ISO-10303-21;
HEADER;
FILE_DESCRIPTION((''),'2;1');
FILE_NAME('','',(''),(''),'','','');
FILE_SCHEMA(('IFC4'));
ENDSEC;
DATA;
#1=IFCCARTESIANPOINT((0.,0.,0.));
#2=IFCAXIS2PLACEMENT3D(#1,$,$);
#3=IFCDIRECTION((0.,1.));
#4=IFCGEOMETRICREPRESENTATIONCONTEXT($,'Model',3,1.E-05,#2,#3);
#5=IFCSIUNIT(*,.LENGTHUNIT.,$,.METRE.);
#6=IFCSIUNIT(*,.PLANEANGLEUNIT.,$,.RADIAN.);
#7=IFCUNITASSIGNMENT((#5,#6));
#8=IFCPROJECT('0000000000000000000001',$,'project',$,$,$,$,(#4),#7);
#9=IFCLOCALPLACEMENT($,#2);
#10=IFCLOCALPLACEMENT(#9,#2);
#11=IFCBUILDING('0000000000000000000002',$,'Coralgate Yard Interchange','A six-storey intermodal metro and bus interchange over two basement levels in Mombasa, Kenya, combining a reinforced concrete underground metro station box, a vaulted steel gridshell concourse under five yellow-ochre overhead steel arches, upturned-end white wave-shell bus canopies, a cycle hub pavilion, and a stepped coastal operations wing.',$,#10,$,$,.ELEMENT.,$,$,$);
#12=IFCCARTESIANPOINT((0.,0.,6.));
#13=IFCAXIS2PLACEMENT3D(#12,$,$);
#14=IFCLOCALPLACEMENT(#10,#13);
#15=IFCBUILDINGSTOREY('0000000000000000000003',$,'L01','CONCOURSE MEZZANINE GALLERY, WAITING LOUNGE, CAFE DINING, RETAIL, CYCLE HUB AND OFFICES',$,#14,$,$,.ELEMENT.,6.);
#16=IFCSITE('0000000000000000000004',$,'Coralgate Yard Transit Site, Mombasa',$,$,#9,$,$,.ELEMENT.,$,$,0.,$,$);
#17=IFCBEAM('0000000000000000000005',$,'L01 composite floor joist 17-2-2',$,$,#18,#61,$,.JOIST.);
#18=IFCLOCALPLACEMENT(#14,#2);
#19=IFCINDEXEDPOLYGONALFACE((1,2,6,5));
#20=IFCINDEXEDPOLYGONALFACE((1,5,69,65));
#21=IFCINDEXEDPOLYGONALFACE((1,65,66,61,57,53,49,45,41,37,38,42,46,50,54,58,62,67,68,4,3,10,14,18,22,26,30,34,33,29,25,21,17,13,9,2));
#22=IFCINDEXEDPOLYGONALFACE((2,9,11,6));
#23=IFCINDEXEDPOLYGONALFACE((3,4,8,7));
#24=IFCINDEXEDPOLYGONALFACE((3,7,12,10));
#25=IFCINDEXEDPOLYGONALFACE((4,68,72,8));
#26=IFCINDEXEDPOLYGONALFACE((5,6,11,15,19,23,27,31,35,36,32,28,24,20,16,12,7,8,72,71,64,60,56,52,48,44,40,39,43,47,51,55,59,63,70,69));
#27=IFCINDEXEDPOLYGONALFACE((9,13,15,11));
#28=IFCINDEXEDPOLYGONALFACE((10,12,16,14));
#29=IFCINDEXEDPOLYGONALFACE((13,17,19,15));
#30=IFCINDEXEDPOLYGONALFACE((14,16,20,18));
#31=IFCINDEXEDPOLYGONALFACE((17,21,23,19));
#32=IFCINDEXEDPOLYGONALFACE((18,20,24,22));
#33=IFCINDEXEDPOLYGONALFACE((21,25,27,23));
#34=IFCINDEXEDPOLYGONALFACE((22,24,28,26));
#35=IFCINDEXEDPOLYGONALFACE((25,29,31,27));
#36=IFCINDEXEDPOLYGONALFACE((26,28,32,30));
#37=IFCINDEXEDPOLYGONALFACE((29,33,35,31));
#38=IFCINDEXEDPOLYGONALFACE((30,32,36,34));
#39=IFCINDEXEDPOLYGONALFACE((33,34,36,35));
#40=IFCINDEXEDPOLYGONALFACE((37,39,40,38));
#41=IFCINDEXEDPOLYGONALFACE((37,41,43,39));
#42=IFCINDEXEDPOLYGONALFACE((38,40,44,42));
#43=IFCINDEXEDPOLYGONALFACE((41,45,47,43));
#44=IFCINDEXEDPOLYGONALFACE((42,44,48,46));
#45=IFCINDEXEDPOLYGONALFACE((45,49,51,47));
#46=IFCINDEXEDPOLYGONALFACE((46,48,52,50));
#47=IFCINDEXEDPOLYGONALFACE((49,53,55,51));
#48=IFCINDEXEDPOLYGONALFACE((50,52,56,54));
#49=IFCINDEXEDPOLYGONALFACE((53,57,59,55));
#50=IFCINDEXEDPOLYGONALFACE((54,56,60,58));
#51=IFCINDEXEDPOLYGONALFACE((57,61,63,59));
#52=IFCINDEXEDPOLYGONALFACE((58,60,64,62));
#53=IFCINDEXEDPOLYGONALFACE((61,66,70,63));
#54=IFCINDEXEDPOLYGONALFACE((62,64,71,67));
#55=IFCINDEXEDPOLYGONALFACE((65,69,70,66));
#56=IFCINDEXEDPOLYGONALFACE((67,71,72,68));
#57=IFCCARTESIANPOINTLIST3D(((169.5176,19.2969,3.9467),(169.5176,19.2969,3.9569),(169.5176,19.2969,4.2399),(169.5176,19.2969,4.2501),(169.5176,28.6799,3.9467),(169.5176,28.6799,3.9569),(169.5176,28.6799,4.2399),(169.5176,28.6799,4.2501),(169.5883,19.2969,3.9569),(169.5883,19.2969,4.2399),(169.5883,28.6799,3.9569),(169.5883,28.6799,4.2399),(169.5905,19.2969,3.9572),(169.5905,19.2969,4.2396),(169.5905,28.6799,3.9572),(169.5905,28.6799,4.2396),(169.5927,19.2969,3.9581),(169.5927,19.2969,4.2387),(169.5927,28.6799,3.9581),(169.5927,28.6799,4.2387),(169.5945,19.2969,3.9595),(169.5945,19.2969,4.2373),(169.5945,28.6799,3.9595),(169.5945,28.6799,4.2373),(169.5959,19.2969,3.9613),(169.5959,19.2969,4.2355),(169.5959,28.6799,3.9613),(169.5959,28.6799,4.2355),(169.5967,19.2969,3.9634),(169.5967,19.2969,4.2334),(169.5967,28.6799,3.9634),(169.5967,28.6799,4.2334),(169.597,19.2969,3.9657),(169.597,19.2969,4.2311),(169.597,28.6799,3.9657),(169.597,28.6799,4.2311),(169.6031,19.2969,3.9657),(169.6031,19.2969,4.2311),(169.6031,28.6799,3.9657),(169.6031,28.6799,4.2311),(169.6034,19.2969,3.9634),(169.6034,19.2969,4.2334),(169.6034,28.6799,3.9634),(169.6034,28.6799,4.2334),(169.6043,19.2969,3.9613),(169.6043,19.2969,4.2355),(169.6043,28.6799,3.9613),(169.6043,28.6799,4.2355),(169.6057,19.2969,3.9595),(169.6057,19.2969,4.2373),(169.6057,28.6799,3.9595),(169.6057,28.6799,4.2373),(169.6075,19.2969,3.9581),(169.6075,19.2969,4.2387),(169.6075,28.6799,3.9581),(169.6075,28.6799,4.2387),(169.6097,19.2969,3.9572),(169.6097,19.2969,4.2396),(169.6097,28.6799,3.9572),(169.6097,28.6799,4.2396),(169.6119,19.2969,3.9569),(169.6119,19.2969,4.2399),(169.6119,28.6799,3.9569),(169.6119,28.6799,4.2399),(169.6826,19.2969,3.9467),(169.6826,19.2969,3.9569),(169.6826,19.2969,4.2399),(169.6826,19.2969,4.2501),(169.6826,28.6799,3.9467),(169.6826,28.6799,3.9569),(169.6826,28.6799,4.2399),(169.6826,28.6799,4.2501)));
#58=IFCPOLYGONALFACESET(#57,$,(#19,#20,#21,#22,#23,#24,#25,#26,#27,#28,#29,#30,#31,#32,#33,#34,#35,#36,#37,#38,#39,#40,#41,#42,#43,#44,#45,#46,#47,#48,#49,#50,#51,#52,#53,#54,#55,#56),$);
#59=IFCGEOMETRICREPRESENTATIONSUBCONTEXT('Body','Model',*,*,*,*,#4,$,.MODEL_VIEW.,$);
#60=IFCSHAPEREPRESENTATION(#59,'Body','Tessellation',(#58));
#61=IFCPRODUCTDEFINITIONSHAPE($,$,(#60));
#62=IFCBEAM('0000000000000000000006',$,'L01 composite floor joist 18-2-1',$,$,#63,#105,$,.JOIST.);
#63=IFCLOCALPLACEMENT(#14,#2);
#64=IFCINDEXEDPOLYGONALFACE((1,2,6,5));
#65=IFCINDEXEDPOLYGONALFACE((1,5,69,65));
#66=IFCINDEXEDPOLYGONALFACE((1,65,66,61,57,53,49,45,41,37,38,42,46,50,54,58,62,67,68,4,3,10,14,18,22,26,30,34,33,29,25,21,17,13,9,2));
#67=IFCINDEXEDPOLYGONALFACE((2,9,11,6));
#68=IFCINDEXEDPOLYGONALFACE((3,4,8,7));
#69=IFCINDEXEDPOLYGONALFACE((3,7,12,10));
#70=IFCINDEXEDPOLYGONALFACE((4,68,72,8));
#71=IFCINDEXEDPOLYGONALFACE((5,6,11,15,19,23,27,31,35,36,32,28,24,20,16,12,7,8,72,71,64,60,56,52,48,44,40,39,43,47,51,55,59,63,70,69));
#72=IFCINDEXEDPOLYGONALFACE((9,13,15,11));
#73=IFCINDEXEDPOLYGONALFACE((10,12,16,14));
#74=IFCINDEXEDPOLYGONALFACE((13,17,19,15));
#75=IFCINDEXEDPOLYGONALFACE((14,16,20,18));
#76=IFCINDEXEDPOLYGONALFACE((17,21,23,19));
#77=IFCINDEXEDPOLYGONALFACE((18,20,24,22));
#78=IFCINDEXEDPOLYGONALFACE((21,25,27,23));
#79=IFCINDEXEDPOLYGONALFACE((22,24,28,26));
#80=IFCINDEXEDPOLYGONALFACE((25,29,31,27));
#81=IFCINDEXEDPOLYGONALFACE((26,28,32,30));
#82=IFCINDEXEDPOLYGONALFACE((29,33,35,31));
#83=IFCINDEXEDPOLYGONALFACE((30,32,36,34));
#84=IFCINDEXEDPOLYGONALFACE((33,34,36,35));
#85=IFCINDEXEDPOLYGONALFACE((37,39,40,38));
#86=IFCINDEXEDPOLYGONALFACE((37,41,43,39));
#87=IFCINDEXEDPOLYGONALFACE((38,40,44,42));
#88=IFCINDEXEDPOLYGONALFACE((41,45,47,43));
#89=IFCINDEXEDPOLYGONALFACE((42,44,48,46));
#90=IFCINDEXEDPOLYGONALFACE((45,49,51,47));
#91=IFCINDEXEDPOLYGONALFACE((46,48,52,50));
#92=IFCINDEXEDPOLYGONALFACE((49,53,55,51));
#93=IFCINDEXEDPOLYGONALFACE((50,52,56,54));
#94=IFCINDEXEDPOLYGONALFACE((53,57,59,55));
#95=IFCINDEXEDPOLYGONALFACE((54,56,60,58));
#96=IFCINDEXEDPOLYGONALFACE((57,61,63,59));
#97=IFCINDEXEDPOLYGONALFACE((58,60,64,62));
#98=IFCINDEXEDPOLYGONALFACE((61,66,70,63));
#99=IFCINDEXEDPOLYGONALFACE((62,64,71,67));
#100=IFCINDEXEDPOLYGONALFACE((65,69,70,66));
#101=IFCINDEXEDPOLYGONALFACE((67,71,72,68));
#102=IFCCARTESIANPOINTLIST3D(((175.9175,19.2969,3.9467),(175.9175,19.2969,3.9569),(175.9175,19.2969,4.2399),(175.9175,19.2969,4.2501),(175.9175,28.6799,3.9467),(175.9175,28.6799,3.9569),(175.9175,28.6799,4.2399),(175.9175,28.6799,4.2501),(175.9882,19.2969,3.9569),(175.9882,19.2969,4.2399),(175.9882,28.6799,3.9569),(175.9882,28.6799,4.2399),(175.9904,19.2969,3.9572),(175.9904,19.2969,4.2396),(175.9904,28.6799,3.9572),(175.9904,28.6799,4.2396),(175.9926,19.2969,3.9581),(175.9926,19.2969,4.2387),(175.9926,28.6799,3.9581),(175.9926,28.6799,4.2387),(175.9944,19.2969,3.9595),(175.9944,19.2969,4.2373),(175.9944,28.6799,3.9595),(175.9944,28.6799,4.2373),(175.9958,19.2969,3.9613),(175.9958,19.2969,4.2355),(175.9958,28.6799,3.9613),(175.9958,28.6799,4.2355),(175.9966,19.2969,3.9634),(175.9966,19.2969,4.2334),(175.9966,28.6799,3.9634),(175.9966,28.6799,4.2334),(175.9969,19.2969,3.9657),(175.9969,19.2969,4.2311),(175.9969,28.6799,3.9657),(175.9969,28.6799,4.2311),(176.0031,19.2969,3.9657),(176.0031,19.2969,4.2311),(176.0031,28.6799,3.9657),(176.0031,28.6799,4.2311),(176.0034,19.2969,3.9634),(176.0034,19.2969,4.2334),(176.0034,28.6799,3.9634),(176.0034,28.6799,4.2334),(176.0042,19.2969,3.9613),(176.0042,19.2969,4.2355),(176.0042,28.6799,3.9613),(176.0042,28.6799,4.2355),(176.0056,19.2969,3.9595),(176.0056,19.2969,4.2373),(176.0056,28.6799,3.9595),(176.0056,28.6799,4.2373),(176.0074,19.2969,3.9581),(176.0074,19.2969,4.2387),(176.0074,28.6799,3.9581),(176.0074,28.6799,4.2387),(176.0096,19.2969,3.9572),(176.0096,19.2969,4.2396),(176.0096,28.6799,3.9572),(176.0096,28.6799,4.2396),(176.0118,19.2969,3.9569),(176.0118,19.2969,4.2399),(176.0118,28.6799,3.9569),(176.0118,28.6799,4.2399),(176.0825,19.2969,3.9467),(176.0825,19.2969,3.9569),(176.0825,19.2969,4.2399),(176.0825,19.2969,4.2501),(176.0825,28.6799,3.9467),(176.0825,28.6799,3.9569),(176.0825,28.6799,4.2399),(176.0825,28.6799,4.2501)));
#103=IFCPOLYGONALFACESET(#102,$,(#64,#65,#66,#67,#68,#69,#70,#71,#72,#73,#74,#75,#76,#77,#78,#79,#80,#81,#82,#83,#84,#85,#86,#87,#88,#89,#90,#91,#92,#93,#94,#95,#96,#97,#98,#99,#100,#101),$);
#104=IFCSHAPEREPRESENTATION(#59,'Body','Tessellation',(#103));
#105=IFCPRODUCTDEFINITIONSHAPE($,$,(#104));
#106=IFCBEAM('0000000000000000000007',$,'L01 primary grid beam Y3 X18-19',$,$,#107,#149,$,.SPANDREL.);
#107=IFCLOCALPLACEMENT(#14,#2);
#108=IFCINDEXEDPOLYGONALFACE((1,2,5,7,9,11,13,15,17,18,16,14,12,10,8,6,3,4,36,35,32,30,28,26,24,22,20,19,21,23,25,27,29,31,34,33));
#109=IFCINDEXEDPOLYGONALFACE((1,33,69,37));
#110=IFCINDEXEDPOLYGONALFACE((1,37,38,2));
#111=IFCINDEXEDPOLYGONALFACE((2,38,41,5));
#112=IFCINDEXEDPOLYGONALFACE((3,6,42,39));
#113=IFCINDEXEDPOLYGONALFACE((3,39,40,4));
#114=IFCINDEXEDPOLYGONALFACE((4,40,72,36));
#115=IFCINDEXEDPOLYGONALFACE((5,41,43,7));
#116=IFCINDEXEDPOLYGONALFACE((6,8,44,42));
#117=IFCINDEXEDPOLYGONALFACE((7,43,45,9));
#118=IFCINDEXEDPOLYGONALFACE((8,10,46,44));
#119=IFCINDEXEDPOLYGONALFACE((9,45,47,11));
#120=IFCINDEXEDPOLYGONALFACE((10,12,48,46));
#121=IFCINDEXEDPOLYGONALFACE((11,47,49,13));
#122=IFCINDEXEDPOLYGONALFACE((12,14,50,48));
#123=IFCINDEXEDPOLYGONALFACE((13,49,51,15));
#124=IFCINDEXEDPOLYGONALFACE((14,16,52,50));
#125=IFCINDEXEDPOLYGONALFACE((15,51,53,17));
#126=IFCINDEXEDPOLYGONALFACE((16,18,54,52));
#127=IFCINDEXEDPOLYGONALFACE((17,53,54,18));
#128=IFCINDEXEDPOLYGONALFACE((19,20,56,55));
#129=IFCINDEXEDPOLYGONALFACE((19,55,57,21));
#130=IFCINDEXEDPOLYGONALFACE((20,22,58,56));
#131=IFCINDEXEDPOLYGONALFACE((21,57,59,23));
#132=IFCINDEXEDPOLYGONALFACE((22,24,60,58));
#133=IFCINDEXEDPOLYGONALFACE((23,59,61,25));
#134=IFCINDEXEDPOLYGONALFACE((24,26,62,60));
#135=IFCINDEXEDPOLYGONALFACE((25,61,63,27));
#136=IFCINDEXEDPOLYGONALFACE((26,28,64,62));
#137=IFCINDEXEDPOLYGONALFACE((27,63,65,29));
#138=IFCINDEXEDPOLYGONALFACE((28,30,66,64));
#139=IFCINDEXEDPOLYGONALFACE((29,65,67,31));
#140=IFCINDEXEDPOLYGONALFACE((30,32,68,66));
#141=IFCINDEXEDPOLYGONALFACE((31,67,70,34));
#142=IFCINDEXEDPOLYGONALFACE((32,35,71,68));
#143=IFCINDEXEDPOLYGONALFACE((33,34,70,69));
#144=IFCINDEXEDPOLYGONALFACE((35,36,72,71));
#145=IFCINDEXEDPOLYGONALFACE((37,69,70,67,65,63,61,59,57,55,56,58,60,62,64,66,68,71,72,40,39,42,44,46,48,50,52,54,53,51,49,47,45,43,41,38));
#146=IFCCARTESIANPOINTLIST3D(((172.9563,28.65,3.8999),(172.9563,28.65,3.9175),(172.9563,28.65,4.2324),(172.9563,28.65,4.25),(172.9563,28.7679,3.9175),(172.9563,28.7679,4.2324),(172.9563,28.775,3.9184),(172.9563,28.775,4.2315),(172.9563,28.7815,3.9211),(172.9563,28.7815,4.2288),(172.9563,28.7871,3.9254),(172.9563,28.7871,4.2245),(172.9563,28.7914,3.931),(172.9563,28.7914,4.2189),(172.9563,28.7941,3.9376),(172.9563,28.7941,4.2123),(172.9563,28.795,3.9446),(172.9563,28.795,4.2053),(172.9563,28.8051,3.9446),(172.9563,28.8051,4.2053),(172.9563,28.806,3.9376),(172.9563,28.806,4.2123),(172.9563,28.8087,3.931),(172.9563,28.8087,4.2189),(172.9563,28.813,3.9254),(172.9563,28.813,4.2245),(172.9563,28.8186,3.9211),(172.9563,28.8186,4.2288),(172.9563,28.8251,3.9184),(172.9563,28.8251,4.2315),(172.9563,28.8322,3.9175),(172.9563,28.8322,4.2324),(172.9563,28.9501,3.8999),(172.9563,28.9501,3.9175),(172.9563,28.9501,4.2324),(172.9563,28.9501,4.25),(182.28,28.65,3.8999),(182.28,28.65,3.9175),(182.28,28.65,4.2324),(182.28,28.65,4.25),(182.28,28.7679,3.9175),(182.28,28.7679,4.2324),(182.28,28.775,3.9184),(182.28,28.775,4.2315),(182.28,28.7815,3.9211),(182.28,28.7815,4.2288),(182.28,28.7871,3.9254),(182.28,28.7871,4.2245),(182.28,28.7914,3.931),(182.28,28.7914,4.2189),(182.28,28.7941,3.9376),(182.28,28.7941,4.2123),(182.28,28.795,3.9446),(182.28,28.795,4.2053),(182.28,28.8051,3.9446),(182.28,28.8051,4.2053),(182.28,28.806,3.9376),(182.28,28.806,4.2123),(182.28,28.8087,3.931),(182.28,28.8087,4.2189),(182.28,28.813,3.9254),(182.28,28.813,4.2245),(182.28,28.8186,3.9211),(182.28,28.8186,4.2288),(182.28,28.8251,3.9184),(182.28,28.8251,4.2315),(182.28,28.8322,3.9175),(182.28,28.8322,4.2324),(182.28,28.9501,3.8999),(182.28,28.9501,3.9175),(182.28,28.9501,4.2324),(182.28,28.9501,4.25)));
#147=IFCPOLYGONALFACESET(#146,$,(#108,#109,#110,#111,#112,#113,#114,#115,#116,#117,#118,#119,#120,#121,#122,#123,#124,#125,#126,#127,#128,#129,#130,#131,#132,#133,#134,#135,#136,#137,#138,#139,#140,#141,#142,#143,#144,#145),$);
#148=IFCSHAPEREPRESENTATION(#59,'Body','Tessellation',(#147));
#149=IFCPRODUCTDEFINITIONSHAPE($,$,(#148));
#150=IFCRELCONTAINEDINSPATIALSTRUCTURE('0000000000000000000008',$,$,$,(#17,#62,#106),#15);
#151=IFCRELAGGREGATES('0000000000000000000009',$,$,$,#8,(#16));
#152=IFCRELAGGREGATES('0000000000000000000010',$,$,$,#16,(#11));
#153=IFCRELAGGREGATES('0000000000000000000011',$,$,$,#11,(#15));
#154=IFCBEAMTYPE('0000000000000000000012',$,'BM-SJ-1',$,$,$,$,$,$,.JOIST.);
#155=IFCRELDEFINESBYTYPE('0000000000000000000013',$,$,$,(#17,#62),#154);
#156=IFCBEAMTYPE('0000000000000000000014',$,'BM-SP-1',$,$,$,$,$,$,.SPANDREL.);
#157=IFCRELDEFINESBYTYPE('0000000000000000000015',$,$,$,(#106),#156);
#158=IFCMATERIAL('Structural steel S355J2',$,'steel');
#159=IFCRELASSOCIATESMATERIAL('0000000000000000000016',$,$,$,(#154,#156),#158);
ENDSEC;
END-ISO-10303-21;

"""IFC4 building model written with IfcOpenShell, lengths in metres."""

from ifc_helpers import new_model, si_unit, direction, frame, origin, origin_2d, place, context, subcontext, project, spatial, i_section, extrude, material, material_profile, profile_set, type_object, element, save


model = new_model("IFC4")

# Units and contexts
model_context = context("Model", 3, precision=1e-05, world=origin(), true_north=direction((0.0, 1.0)))
body_context = subcontext(model_context, "Body", "Model", "MODEL_VIEW")
ifc_project = project(units=[si_unit("LENGTHUNIT", "METRE"), si_unit("PLANEANGLEUNIT", "RADIAN")], contexts=[model_context])

# Site, building, storey
site_placement = place(None, origin())
site = spatial("IfcSite", under=ifc_project, at=site_placement, Name="Coralgate Yard Transit Site, Mombasa", CompositionType="ELEMENT", RefElevation=0.0)
building_placement = place(site_placement, origin())
building = spatial("IfcBuilding", under=site, at=building_placement, Name="Coralgate Yard Interchange", Description="A six-storey intermodal metro and bus interchange over two basement levels in Mombasa, Kenya, combining a reinforced concrete underground metro station box, a vaulted steel gridshell concourse under five yellow-ochre overhead steel arches, upturned-end white wave-shell bus canopies, a cycle hub pavilion, and a stepped coastal operations wing.", CompositionType="ELEMENT")
storey_placement = place(building_placement, frame((0.0, 0.0, 6.0)))
storey = spatial("IfcBuildingStorey", under=building, at=storey_placement, Name="L01", Description="CONCOURSE MEZZANINE GALLERY, WAITING LOUNGE, CAFE DINING, RETAIL, CYCLE HUB AND OFFICES", CompositionType="ELEMENT", Elevation=6.0)

# Shared definitions
ifc_material_1 = material(Name="Structural steel S355J2", Category="steel")

# Beams
ifc_material_profile_1 = material_profile(ifc_material_1, i_section(OverallWidth=0.165, OverallDepth=0.3035, WebThickness=0.0061, FlangeThickness=0.0103, FilletRadius=0.0088, at=origin_2d()), Name="UB 305x165x40")
ifc_profile_set_1 = profile_set([ifc_material_profile_1], Name="Structural steel S355J2")
beam_type_1 = type_object("IfcBeamType", Name="BM-SJ-1", PredefinedType="JOIST", material=ifc_profile_set_1)
for number, where, z_axis, x_axis, name in (
    (1, (169.6001, 19.2969, 4.0984), (0.0, 1.0, 0.0), (-1.0, 0.0, 0.0), "L01 composite floor joist 17-2-2"),
    (2, (176.0, 19.2969, 4.0984), (0.0, 1.0, 0.0), (-1.0, 0.0, 0.0), "L01 composite floor joist 18-2-1"),
):
    element("IfcBeam", number, at=place(storey_placement, frame(where, z_axis=z_axis, x_axis=x_axis)), inside=storey, type_object=beam_type_1, Name=name, PredefinedType="JOIST", context=body_context, shape_type="SweptSolid", body=[
        extrude(i_section(OverallWidth=0.165, OverallDepth=0.3035, WebThickness=0.0061, FlangeThickness=0.0103, FilletRadius=0.0088, at=origin_2d()), origin(), (0.0, 0.0, 1.0), 9.3831),
    ])
ifc_material_profile_2 = material_profile(ifc_material_1, i_section(OverallWidth=0.3, OverallDepth=0.3501, WebThickness=0.01, FlangeThickness=0.0176, FilletRadius=0.0271, at=origin_2d()), Name="HEA 360")
ifc_profile_set_2 = profile_set([ifc_material_profile_2], Name="Structural steel S355J2")
beam_type_2 = type_object("IfcBeamType", Name="BM-SP-1", PredefinedType="SPANDREL", material=ifc_profile_set_2)
beam_1_placement = place(storey_placement, frame((172.9563, 28.8, 4.075), z_axis=(1.0, 0.0, 0.0), x_axis=(0.0, 1.0, 0.0)))
element("IfcBeam", 3, at=beam_1_placement, inside=storey, type_object=beam_type_2, Name="L01 primary grid beam Y3 X18-19", PredefinedType="SPANDREL", context=body_context, shape_type="SweptSolid", body=[
    extrude(i_section(OverallWidth=0.3, OverallDepth=0.3501, WebThickness=0.01, FlangeThickness=0.0176, FilletRadius=0.0271, at=origin_2d()), origin(), (0.0, 0.0, 1.0), 9.3237),
])

save(model, "model.ifc")
